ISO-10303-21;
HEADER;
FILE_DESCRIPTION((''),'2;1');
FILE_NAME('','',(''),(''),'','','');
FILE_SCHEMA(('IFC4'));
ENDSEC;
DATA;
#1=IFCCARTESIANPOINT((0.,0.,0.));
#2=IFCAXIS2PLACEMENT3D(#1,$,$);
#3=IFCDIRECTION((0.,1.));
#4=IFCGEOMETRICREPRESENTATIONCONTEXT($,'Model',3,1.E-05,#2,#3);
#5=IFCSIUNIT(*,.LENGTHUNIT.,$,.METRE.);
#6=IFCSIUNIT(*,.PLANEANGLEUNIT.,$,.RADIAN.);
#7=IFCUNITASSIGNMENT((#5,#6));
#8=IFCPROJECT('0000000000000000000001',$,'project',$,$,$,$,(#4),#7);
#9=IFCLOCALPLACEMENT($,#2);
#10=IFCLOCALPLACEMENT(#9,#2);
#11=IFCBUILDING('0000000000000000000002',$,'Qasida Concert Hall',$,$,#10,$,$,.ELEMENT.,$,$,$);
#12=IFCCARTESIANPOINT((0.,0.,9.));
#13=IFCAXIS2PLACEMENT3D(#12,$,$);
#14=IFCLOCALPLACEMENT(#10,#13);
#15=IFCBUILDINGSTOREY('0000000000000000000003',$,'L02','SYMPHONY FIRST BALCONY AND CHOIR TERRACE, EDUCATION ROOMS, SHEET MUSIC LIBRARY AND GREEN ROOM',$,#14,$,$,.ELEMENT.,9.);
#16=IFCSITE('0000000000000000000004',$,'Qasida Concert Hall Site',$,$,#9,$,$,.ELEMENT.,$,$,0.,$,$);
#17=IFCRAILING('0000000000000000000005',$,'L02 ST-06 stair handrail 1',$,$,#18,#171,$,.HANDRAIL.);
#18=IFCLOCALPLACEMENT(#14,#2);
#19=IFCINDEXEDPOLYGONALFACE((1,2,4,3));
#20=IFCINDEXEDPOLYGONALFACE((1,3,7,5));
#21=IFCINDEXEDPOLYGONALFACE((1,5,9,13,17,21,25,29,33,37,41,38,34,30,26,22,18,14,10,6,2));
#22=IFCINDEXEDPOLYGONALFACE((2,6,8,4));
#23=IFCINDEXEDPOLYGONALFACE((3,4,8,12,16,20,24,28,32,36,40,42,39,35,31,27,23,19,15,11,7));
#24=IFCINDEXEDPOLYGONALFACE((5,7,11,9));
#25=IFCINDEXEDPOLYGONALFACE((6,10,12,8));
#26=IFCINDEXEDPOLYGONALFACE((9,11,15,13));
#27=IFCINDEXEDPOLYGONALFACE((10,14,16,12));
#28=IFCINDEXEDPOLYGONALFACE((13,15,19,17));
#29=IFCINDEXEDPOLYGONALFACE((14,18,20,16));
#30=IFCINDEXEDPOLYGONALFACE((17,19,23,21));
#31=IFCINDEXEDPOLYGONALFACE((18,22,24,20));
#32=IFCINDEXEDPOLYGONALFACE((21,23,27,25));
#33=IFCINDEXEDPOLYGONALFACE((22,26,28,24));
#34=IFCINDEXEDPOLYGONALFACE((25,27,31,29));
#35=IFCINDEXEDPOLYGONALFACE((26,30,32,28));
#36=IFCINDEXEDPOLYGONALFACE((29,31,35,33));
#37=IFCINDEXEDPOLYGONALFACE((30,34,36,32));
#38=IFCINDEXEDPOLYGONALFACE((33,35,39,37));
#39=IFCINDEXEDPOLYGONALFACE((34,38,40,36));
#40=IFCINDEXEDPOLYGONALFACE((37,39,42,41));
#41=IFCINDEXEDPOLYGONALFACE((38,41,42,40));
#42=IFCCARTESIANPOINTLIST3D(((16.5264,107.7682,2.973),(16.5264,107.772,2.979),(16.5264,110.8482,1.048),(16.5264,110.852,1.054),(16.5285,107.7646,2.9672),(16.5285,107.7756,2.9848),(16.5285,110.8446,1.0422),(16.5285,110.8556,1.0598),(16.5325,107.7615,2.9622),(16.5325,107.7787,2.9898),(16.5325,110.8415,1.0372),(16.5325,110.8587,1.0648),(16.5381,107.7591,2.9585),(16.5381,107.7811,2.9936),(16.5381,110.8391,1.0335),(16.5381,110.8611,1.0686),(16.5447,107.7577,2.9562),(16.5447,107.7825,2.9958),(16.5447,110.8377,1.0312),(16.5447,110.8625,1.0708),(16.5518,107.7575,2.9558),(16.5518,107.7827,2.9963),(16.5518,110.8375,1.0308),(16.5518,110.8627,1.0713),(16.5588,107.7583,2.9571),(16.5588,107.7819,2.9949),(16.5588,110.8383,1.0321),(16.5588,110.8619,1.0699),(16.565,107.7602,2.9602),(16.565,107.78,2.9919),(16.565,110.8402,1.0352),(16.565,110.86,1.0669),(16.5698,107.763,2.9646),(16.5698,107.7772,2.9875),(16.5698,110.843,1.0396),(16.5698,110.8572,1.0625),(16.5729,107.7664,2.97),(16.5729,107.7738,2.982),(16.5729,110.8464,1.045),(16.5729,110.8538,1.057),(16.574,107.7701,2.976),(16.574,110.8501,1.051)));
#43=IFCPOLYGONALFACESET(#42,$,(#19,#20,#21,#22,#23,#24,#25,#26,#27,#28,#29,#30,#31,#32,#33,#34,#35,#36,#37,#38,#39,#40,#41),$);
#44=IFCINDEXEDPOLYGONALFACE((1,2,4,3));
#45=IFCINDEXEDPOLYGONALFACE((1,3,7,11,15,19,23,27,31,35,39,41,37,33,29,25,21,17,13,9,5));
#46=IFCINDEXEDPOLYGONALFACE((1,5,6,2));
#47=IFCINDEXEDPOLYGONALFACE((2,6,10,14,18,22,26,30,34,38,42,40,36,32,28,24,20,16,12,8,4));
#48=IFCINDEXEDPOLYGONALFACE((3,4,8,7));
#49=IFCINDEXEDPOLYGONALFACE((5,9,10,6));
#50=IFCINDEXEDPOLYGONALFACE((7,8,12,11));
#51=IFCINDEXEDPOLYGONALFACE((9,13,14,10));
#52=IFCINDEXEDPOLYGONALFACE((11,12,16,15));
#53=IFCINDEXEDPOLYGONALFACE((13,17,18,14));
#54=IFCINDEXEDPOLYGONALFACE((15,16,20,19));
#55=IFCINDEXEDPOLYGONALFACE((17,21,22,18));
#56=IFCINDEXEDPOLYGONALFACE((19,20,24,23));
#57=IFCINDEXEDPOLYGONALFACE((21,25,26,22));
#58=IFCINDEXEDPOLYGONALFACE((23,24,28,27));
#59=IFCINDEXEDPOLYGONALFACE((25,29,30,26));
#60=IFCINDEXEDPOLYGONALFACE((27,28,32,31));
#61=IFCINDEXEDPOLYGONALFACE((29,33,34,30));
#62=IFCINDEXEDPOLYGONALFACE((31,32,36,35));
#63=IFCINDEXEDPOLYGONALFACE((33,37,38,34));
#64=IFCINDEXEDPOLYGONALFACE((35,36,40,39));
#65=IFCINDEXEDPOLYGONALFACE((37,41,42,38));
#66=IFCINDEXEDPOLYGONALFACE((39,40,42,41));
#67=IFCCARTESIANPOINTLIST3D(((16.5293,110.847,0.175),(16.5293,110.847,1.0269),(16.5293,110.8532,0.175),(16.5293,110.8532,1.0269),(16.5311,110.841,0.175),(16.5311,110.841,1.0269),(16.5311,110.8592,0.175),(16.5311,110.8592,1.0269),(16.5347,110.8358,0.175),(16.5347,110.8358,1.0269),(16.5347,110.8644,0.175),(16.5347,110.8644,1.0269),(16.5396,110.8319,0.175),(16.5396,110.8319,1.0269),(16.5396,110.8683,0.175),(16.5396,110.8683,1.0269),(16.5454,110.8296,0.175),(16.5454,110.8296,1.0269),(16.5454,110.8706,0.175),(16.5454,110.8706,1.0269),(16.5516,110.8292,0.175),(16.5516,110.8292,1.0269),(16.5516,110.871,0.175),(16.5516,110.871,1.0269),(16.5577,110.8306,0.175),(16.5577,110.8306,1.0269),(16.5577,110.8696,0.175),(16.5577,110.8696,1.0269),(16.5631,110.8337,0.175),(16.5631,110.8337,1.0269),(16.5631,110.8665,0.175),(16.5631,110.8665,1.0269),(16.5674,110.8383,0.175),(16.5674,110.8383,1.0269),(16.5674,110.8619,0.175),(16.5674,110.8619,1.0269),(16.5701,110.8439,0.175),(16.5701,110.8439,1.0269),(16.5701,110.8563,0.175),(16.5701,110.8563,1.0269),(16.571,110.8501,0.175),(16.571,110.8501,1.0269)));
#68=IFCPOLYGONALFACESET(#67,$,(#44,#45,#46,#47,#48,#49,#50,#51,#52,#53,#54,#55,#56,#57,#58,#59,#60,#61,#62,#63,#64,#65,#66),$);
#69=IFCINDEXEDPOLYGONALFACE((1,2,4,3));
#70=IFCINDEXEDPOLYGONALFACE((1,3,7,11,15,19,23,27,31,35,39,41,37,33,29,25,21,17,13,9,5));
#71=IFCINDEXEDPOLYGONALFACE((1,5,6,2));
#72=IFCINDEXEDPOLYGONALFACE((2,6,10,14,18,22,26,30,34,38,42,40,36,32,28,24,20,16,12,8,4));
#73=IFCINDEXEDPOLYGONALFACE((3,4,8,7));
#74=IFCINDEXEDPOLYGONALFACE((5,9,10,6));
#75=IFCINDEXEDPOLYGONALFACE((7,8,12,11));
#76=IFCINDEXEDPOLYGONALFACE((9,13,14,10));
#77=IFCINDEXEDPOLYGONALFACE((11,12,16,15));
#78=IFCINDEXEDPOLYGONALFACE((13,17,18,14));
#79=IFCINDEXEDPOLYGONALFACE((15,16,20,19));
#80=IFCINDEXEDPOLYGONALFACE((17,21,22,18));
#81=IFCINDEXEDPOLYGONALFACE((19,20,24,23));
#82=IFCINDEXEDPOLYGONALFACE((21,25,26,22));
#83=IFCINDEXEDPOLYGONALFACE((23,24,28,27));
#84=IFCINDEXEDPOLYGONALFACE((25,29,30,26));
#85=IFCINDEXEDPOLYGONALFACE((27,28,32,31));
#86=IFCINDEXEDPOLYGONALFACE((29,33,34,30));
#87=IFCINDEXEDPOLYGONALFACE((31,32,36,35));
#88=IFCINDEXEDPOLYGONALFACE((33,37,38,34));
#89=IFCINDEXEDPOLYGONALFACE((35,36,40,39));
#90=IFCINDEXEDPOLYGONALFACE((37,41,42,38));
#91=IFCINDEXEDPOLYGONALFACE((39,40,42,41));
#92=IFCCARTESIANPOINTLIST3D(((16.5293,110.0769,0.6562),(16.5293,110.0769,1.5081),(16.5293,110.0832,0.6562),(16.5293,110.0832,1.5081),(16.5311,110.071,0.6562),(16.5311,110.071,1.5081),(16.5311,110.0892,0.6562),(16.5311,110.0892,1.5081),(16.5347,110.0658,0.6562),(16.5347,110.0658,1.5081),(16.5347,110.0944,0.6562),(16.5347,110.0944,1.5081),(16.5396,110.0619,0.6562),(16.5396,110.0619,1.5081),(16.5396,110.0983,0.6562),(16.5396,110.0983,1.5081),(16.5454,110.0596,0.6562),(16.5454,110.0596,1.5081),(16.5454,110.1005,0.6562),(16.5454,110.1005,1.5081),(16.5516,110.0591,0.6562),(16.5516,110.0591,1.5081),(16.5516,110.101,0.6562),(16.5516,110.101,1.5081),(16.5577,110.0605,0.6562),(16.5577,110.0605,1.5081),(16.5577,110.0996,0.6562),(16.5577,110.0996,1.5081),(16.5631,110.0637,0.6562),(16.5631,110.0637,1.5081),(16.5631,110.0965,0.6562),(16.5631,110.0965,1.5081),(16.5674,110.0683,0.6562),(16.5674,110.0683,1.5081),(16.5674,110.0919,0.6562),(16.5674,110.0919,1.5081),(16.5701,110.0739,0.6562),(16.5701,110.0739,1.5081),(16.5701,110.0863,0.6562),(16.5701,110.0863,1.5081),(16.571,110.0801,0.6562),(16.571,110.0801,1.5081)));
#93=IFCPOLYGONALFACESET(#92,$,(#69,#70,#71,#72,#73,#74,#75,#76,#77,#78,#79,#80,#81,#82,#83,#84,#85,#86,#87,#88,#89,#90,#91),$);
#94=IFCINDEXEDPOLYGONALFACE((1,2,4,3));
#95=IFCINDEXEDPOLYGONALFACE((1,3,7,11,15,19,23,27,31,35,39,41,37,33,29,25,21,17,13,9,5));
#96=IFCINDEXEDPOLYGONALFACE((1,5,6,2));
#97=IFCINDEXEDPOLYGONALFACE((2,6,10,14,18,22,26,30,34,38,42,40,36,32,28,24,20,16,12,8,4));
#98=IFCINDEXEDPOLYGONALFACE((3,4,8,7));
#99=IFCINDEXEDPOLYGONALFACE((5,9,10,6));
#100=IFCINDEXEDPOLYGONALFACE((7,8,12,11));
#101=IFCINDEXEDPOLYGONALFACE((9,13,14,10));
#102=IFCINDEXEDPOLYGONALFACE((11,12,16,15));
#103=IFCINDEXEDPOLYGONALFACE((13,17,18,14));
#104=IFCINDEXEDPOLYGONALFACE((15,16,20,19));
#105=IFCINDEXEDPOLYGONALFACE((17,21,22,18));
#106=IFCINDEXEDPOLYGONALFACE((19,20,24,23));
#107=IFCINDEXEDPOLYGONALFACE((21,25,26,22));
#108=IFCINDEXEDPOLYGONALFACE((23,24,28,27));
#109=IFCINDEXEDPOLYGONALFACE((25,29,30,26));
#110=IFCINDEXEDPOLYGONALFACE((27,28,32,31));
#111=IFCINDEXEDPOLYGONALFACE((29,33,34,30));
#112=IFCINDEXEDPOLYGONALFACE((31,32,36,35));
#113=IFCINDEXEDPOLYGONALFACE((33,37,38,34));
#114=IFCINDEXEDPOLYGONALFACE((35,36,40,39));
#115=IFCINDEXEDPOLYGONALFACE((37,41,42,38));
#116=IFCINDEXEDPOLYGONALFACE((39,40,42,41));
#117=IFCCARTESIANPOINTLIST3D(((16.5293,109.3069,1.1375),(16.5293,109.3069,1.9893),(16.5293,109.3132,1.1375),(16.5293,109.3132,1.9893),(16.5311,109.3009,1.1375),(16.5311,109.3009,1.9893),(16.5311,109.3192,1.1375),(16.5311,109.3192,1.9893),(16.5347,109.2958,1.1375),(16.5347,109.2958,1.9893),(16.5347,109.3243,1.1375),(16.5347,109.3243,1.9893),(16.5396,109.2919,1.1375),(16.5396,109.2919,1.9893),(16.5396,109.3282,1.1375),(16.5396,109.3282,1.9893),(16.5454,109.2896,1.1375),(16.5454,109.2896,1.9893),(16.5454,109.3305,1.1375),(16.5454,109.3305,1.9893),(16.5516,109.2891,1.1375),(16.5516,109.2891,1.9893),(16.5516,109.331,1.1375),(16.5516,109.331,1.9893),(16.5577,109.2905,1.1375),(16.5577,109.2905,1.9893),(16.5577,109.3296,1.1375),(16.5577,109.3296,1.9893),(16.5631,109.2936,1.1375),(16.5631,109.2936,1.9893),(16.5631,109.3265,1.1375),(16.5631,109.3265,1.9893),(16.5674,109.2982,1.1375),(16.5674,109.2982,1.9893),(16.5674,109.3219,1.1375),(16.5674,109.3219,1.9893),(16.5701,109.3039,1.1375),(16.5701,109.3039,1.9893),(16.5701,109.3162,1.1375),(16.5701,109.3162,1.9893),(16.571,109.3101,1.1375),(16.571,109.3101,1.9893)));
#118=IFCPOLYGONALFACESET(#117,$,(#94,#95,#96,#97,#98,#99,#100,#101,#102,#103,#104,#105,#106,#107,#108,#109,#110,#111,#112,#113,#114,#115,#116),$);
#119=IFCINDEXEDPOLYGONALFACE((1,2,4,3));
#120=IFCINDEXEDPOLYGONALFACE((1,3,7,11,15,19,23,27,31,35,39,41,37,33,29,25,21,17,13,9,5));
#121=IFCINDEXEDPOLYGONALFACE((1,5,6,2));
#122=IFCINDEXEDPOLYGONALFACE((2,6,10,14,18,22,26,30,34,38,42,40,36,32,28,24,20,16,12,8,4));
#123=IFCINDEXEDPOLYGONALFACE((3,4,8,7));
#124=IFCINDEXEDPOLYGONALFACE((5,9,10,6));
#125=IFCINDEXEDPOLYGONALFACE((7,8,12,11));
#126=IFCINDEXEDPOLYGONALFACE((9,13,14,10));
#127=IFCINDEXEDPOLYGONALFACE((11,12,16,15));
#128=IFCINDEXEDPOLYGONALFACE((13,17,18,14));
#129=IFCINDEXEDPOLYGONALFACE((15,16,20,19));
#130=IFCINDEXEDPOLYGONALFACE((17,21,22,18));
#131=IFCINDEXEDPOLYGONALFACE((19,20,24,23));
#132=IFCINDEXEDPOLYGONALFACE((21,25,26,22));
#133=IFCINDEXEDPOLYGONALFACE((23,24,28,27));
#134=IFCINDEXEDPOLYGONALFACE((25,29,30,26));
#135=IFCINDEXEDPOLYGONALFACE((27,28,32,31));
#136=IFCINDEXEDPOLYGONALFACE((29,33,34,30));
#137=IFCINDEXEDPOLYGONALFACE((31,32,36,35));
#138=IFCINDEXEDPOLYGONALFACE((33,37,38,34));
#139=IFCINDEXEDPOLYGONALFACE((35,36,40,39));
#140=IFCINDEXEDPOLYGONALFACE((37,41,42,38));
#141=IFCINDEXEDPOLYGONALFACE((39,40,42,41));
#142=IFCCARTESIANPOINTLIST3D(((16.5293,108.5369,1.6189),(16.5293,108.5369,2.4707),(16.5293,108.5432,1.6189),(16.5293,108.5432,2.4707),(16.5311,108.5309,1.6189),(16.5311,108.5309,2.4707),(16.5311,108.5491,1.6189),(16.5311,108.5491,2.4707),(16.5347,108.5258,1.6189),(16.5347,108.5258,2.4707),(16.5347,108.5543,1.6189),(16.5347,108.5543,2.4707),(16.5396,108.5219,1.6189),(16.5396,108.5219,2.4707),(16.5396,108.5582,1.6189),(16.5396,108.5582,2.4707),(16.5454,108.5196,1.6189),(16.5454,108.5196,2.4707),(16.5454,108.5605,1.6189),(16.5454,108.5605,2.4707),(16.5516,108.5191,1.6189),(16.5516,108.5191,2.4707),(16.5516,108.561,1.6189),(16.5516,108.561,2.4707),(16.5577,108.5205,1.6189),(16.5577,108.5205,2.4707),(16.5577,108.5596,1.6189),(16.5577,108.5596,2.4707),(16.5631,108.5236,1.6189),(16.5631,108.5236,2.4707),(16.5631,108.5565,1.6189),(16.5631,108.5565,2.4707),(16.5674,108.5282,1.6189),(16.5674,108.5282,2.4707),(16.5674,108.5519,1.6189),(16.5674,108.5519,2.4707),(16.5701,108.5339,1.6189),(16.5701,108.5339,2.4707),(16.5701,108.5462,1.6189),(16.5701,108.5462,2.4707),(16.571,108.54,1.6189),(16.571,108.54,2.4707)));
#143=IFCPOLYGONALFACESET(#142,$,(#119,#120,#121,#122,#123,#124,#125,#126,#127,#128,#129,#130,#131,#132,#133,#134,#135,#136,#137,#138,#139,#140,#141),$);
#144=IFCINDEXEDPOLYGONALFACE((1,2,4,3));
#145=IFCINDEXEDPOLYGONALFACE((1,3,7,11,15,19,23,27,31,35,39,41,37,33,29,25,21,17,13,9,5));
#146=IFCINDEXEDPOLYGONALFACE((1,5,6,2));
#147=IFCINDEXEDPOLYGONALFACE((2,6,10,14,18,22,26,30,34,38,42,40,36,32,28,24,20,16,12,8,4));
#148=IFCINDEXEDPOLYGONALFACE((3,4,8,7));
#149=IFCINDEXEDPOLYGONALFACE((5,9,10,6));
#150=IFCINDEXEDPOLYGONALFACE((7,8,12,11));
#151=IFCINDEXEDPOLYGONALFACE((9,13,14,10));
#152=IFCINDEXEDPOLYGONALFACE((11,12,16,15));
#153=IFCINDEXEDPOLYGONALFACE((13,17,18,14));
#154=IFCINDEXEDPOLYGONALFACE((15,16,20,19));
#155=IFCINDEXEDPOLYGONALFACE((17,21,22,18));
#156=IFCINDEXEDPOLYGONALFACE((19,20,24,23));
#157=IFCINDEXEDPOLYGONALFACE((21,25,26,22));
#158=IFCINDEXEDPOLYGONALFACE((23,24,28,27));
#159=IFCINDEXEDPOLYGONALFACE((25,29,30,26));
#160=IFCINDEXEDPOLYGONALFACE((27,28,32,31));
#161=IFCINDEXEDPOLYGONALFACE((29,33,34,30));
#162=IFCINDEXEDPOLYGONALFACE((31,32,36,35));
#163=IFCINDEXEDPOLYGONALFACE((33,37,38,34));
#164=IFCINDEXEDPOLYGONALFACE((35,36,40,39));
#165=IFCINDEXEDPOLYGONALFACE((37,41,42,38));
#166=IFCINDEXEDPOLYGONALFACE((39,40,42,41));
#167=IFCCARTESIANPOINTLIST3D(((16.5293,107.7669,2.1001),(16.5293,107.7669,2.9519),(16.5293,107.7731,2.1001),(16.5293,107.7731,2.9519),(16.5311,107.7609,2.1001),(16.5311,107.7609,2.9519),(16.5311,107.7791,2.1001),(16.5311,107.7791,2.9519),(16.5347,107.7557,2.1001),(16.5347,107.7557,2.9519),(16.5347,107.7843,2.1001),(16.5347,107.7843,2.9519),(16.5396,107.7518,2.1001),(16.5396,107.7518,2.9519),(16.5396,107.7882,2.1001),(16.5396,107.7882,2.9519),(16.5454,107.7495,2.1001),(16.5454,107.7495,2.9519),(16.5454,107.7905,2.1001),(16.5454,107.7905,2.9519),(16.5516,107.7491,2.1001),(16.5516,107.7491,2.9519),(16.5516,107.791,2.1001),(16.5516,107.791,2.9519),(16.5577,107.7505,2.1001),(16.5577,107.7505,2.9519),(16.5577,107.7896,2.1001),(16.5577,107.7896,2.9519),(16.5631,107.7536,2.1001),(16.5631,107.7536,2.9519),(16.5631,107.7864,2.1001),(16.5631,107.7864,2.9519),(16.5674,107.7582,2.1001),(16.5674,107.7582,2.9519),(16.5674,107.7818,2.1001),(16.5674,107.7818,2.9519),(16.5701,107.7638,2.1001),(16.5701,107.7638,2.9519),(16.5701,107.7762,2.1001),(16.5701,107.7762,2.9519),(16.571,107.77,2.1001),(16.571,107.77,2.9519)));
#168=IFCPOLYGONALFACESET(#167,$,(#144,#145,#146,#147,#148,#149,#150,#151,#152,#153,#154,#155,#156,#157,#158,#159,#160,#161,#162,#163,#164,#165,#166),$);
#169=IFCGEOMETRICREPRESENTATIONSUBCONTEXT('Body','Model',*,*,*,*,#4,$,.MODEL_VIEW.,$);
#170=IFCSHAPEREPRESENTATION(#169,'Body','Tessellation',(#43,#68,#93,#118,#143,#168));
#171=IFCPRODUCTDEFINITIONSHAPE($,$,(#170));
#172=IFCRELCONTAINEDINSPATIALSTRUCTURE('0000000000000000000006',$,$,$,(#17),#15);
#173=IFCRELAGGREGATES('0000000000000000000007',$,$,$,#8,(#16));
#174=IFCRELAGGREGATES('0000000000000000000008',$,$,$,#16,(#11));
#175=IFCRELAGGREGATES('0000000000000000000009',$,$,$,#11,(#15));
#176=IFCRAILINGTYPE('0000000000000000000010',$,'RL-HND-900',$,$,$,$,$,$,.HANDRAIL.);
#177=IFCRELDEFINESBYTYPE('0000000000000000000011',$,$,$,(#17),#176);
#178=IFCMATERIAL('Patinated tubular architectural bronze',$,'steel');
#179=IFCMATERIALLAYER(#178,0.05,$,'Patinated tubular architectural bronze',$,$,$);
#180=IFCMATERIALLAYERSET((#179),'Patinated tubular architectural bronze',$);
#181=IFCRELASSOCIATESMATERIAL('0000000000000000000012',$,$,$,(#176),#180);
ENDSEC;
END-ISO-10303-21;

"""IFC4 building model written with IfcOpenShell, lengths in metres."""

from ifc_helpers import new_model, si_unit, direction, frame, origin, origin_2d, place, context, subcontext, project, spatial, circle, extrude, material, layer, layer_set, type_object, element, save


model = new_model("IFC4")

# Units and contexts
model_context = context("Model", 3, precision=1e-05, world=origin(), true_north=direction((0.0, 1.0)))
body_context = subcontext(model_context, "Body", "Model", "MODEL_VIEW")
ifc_project = project(units=[si_unit("LENGTHUNIT", "METRE"), si_unit("PLANEANGLEUNIT", "RADIAN")], contexts=[model_context])

# Site, building, storey
site_placement = place(None, origin())
site = spatial("IfcSite", under=ifc_project, at=site_placement, Name="Qasida Concert Hall Site", CompositionType="ELEMENT", RefElevation=0.0)
building_placement = place(site_placement, origin())
building = spatial("IfcBuilding", under=site, at=building_placement, Name="Qasida Concert Hall", CompositionType="ELEMENT")
storey_placement = place(building_placement, frame((0.0, 0.0, 9.0)))
storey = spatial("IfcBuildingStorey", under=building, at=storey_placement, Name="L02", Description="SYMPHONY FIRST BALCONY AND CHOIR TERRACE, EDUCATION ROOMS, SHEET MUSIC LIBRARY AND GREEN ROOM", CompositionType="ELEMENT", Elevation=9.0)

# Railing
ifc_material_1 = material(Name="Patinated tubular architectural bronze", Category="steel")
ifc_layer_1 = layer(ifc_material_1, 0.05, Name="Patinated tubular architectural bronze")
ifc_layer_set_1 = layer_set([ifc_layer_1], Name="Patinated tubular architectural bronze")
railing_type_1 = type_object("IfcRailingType", Name="RL-HND-900", PredefinedType="HANDRAIL", material=ifc_layer_set_1)
railing_1_placement = place(storey_placement, frame((16.55, 110.8501, 0.175)))
element("IfcRailing", 1, at=railing_1_placement, inside=storey, type_object=railing_type_1, Name="L02 ST-06 stair handrail 1", PredefinedType="HANDRAIL", context=body_context, shape_type="SweptSolid", body=[
    extrude(circle(Radius=0.0239, at=origin_2d()), frame((0.0, 0.0, 0.876), z_axis=(0.0, -0.847998, 0.529999), x_axis=(1.0, 0.0, 0.0)), (0.0, 0.0, 1.0), 3.6321),
    extrude(circle(Radius=0.021, at=origin_2d()), origin(), (0.0, 0.0, 1.0), 0.8518),
    extrude(circle(Radius=0.021, at=origin_2d()), frame((0.0, -0.77, 0.4812)), (0.0, 0.0, 1.0), 0.8518),
    extrude(circle(Radius=0.021, at=origin_2d()), frame((0.0, -1.54, 0.9624)), (0.0, 0.0, 1.0), 0.8518),
    extrude(circle(Radius=0.021, at=origin_2d()), frame((0.0, -2.3101, 1.4438)), (0.0, 0.0, 1.0), 0.8518),
    extrude(circle(Radius=0.021, at=origin_2d()), frame((0.0, -3.0801, 1.925)), (0.0, 0.0, 1.0), 0.8518),
])

save(model, "model.ifc")
